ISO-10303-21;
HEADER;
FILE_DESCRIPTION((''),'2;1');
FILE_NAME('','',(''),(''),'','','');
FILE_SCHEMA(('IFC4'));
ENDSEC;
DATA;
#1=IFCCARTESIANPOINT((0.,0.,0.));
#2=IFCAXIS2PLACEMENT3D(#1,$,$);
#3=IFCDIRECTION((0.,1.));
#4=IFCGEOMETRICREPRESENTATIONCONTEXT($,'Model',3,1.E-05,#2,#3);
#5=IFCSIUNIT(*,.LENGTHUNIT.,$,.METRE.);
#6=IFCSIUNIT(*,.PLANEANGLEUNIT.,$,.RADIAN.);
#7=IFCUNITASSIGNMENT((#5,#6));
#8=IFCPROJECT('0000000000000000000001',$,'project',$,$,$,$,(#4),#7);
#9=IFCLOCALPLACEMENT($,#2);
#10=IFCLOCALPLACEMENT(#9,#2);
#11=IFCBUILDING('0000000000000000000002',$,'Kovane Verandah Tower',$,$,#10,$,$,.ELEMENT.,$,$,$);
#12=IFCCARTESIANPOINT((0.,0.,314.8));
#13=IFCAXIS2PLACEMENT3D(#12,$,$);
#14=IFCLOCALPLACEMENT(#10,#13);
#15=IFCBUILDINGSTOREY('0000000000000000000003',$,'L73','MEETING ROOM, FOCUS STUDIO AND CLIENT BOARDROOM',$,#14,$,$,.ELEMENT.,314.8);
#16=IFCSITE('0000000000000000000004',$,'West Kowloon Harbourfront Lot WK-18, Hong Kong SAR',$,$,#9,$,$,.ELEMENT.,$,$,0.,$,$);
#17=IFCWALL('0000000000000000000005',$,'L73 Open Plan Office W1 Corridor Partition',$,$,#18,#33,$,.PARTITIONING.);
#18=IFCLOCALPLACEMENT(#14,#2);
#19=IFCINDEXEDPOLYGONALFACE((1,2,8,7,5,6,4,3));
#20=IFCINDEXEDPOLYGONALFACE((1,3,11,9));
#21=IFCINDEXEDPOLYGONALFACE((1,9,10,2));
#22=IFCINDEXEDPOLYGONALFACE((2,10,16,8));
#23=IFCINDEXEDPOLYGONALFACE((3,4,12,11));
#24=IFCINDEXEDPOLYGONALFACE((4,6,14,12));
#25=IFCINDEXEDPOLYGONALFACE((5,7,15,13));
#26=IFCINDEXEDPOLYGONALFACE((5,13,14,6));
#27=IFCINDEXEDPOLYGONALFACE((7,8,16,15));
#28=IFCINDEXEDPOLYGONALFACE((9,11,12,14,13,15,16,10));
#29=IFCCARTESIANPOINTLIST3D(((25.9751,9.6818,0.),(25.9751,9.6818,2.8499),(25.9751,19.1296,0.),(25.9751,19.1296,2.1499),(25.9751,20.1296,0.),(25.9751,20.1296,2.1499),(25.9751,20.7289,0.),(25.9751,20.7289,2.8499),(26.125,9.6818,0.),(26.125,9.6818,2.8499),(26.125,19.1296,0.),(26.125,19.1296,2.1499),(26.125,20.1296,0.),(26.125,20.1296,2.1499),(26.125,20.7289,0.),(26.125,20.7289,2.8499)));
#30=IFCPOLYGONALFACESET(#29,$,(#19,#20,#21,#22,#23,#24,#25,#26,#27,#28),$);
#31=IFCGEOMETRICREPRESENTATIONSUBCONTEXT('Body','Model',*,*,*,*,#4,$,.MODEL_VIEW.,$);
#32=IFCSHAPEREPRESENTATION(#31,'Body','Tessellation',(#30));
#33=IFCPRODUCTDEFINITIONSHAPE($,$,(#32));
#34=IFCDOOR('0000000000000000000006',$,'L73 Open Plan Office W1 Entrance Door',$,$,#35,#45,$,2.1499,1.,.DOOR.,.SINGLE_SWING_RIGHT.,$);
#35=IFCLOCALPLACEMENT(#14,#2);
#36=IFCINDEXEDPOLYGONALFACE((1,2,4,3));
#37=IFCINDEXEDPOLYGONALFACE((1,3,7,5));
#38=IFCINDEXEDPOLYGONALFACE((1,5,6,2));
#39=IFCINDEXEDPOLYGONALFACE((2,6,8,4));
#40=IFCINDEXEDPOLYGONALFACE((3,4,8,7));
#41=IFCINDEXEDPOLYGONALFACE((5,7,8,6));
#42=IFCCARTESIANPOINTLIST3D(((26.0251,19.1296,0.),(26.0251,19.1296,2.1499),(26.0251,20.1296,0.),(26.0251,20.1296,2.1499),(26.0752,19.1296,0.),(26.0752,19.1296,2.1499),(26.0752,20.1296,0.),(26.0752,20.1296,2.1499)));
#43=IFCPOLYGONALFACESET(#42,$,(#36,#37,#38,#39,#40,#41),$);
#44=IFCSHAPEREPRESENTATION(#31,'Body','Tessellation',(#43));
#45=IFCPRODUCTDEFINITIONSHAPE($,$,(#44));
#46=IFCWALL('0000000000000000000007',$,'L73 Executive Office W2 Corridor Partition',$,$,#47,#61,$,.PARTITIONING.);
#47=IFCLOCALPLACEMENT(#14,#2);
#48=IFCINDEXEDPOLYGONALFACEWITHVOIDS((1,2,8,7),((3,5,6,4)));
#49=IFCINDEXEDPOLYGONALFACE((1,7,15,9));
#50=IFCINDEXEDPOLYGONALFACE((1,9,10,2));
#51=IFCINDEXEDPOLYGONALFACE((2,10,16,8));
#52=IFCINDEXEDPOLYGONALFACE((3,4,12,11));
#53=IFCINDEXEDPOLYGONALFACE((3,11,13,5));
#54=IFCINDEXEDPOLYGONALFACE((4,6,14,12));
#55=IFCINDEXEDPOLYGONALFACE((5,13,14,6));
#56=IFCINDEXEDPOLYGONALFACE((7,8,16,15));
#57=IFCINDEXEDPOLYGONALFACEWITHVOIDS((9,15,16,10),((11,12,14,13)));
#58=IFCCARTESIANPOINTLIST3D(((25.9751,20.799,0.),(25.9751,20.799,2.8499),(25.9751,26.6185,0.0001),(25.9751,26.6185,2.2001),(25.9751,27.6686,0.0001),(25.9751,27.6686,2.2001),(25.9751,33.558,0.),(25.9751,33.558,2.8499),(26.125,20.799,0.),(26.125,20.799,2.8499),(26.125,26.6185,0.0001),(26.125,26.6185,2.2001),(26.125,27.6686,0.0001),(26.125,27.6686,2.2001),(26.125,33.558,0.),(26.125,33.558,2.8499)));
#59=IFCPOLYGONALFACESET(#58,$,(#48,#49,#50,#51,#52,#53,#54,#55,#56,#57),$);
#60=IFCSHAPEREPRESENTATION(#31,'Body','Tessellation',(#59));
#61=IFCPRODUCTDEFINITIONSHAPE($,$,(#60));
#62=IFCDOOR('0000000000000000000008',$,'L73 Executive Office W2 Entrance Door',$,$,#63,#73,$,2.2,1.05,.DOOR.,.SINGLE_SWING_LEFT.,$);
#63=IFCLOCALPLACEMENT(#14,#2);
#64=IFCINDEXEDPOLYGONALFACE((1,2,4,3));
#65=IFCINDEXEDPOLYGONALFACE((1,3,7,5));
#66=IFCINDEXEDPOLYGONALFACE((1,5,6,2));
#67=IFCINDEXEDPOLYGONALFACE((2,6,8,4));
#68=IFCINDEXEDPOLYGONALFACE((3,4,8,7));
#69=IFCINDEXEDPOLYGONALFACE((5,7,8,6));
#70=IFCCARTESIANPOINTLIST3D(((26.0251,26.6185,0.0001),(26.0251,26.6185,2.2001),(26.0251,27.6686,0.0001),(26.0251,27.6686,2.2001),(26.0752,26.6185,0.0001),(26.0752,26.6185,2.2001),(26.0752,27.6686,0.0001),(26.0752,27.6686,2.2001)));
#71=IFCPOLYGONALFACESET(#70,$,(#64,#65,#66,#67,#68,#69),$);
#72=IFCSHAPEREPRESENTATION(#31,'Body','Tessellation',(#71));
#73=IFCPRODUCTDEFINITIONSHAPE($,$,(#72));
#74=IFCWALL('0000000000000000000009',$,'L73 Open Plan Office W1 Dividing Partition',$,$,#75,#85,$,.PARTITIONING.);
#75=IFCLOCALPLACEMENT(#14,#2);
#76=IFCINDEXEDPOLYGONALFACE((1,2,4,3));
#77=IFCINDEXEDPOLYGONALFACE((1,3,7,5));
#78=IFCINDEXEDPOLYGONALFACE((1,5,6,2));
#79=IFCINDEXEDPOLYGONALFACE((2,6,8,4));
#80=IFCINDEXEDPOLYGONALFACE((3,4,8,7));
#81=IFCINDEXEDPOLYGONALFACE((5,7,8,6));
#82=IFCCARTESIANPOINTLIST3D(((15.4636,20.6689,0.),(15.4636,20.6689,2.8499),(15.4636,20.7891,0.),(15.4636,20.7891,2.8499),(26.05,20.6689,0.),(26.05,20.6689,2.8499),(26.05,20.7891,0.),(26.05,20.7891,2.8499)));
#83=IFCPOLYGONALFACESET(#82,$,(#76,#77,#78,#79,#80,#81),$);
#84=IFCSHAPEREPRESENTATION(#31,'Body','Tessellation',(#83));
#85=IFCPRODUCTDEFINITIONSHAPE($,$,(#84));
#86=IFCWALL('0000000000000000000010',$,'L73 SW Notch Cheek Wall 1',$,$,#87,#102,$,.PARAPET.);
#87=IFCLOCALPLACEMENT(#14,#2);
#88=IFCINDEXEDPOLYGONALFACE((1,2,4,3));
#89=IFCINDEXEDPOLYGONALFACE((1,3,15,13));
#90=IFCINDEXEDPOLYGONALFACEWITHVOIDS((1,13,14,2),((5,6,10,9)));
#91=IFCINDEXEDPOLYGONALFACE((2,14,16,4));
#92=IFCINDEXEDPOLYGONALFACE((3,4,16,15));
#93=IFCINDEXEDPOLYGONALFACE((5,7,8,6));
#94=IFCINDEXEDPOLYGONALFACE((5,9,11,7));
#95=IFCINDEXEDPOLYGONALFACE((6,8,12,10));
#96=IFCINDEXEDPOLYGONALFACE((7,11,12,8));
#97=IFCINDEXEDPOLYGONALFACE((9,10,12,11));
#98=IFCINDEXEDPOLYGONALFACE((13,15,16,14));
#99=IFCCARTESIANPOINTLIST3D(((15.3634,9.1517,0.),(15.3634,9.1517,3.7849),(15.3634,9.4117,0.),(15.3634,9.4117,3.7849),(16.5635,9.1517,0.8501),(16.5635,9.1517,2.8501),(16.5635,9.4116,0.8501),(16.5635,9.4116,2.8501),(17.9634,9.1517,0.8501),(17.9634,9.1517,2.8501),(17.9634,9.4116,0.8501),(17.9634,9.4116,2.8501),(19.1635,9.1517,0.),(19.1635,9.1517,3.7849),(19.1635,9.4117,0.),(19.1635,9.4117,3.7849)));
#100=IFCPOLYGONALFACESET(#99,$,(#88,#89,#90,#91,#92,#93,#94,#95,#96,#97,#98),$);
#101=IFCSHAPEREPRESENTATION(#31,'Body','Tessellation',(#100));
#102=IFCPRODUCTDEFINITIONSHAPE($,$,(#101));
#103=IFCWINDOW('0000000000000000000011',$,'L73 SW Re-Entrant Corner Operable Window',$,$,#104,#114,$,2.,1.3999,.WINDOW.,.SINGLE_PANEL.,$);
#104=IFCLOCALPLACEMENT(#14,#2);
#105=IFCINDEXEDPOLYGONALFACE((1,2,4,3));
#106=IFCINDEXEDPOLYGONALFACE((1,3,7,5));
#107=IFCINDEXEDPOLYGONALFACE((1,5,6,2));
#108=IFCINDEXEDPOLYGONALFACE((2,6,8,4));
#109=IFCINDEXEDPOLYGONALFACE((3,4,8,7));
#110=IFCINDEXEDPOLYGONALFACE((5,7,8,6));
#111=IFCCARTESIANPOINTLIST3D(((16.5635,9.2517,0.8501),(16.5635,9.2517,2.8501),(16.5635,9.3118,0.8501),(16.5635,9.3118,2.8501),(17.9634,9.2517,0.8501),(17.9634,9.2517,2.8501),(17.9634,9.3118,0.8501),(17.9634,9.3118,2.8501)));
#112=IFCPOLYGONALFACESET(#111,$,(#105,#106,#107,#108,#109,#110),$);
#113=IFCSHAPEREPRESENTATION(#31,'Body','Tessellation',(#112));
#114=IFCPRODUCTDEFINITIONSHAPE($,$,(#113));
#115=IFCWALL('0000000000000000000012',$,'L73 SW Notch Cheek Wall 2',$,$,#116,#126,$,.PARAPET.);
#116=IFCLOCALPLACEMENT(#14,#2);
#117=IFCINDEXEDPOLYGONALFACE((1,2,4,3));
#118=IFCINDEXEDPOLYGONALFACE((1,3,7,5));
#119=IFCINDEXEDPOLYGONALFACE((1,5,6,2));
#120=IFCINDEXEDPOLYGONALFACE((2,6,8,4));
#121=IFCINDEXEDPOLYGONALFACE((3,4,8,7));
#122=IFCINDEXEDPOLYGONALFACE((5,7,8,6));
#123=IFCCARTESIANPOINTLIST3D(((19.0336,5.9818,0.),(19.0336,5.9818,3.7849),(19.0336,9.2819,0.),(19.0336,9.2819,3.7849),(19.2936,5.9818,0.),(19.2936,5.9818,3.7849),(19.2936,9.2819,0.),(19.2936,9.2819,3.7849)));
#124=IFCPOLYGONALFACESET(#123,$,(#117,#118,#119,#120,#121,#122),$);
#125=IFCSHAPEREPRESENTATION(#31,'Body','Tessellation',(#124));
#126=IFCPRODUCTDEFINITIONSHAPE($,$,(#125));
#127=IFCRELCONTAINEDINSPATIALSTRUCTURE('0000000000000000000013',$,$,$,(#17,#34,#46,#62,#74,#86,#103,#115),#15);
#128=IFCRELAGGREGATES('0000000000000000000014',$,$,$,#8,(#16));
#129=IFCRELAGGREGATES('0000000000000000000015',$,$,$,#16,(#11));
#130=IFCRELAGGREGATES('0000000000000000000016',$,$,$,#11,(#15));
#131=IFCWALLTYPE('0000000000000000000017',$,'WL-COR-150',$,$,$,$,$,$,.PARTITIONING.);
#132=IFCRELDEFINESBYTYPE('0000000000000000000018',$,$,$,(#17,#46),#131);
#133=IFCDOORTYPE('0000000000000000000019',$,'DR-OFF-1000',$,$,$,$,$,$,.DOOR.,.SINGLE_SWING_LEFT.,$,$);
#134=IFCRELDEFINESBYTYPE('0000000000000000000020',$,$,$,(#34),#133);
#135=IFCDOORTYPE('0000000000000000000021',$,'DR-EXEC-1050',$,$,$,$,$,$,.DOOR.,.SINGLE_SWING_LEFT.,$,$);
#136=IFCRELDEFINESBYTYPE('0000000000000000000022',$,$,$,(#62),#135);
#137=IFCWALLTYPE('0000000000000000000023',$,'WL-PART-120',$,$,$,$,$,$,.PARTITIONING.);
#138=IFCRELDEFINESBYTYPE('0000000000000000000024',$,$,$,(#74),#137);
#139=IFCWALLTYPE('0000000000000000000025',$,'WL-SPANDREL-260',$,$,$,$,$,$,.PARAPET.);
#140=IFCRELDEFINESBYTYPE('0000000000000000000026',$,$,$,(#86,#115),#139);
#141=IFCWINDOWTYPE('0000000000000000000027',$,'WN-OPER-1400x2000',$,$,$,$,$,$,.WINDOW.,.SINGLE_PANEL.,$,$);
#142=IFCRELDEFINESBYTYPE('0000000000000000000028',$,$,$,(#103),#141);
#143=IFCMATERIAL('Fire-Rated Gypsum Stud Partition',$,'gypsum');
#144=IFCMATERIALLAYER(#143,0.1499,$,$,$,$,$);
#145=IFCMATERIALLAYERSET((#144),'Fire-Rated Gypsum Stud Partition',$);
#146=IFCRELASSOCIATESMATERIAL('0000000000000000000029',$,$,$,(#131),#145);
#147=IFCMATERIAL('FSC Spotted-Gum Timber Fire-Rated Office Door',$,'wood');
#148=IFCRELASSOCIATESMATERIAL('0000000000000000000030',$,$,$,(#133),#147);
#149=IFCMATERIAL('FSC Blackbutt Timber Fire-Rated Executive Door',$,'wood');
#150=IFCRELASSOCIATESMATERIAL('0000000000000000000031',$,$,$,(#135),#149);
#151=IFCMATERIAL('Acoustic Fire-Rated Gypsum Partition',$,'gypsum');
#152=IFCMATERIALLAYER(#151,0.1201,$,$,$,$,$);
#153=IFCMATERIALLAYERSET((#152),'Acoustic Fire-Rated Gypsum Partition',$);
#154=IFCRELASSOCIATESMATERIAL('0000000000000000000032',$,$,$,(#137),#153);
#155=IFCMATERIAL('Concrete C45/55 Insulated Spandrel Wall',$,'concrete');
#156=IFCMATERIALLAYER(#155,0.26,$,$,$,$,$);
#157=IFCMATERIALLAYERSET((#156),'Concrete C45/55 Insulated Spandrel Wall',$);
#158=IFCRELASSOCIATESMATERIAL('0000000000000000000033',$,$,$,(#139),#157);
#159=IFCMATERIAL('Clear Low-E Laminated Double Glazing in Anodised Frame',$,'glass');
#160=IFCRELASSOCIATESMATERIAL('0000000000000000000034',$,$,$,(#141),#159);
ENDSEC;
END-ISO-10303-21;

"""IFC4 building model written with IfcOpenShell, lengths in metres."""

from ifc_helpers import new_model, si_unit, direction, frame, frame_2d, origin, place, context, subcontext, project, spatial, rectangle, extrude, material, layer, layer_set, type_object, element, fill, save


model = new_model("IFC4")

# Units and contexts
model_context = context("Model", 3, precision=1e-05, world=origin(), true_north=direction((0.0, 1.0)))
body_context = subcontext(model_context, "Body", "Model", "MODEL_VIEW")
ifc_project = project(units=[si_unit("LENGTHUNIT", "METRE"), si_unit("PLANEANGLEUNIT", "RADIAN")], contexts=[model_context])

# Site, building, storey
site_placement = place(None, origin())
site = spatial("IfcSite", under=ifc_project, at=site_placement, Name="West Kowloon Harbourfront Lot WK-18, Hong Kong SAR", CompositionType="ELEMENT", RefElevation=0.0)
building_placement = place(site_placement, origin())
building = spatial("IfcBuilding", under=site, at=building_placement, Name="Kovane Verandah Tower", CompositionType="ELEMENT")
storey_placement = place(building_placement, frame((0.0, 0.0, 314.8)))
storey = spatial("IfcBuildingStorey", under=building, at=storey_placement, Name="L73", Description="MEETING ROOM, FOCUS STUDIO AND CLIENT BOARDROOM", CompositionType="ELEMENT", Elevation=314.8)

# Walls, openings, doors
ifc_material_1 = material(Name="Fire-Rated Gypsum Stud Partition", Category="gypsum")
ifc_layer_1 = layer(ifc_material_1, 0.1499)
ifc_layer_set_1 = layer_set([ifc_layer_1], Name="Fire-Rated Gypsum Stud Partition")
wall_type_1 = type_object("IfcWallType", Name="WL-COR-150", PredefinedType="PARTITIONING", material=ifc_layer_set_1)
ifc_material_2 = material(Name="FSC Spotted-Gum Timber Fire-Rated Office Door", Category="wood")
door_type_1 = type_object("IfcDoorType", Name="DR-OFF-1000", OperationType="SINGLE_SWING_LEFT", PredefinedType="DOOR", material=ifc_material_2)
wall_1_placement = place(storey_placement, frame((26.05, 9.6819, 0.0), z_axis=(0.0, 0.0, 1.0), x_axis=(0.0, 1.0, 0.0)))
wall_1 = element("IfcWall", 1, at=wall_1_placement, inside=storey, type_object=wall_type_1, Name="L73 Open Plan Office W1 Corridor Partition", PredefinedType="PARTITIONING", context=body_context, shape_type="SweptSolid", body=[
    extrude(rectangle(XDim=11.0471, YDim=0.1499, at=frame_2d((5.5234, 0.0))), origin(), (0.0, 0.0, 1.0), 2.8499),
])
opening_1_placement = place(wall_1_placement, frame((9.4478, 0.0, 0.0)))
opening_1 = element("IfcOpeningElement", 2, at=opening_1_placement, cuts=wall_1, PredefinedType="OPENING", context=body_context, shape_type="SweptSolid", body=[
    extrude(rectangle(XDim=1.0, YDim=2.1499, at=frame_2d((0.5, 1.075))), frame((0.0, 0.075, 0.0), z_axis=(0.0, -1.0, 0.0), x_axis=(1.0, 0.0, 0.0)), (0.0, 0.0, 1.0), 0.1499),
])
door_1_placement = place(opening_1_placement, origin())
door_1 = element("IfcDoor", 3, at=door_1_placement, inside=storey, type_object=door_type_1, Name="L73 Open Plan Office W1 Entrance Door", OperationType="SINGLE_SWING_RIGHT", OverallHeight=2.1499, OverallWidth=1.0, PredefinedType="DOOR", context=body_context, shape_type="SweptSolid", body=[
    extrude(rectangle(XDim=1.0, YDim=2.1499, at=frame_2d((0.5, 1.075))), frame((0.0, 0.0249, 0.0), z_axis=(0.0, -1.0, 0.0), x_axis=(1.0, 0.0, 0.0)), (0.0, 0.0, 1.0), 0.05),
])
fill(opening_1, door_1)
wall_2_placement = place(storey_placement, frame((26.05, 20.7991, 0.0), z_axis=(0.0, 0.0, 1.0), x_axis=(0.0, 1.0, 0.0)))
wall_2 = element("IfcWall", 4, at=wall_2_placement, inside=storey, type_object=wall_type_1, Name="L73 Executive Office W2 Corridor Partition", PredefinedType="PARTITIONING", context=body_context, shape_type="SweptSolid", body=[
    extrude(rectangle(XDim=12.759, YDim=0.1499, at=frame_2d((6.3794, 0.0))), origin(), (0.0, 0.0, 1.0), 2.8499),
])
opening_2_placement = place(wall_2_placement, frame((5.8196, 0.0, 0.0)))
opening_2 = element("IfcOpeningElement", 5, at=opening_2_placement, cuts=wall_2, PredefinedType="OPENING", context=body_context, shape_type="SweptSolid", body=[
    extrude(rectangle(XDim=1.05, YDim=2.2, at=frame_2d((0.5249, 1.1001))), frame((0.0, 0.075, 0.0), z_axis=(0.0, -1.0, 0.0), x_axis=(1.0, 0.0, 0.0)), (0.0, 0.0, 1.0), 0.1499),
])
ifc_material_3 = material(Name="FSC Blackbutt Timber Fire-Rated Executive Door", Category="wood")
door_type_2 = type_object("IfcDoorType", Name="DR-EXEC-1050", OperationType="SINGLE_SWING_LEFT", PredefinedType="DOOR", material=ifc_material_3)
door_2_placement = place(opening_2_placement, origin())
door_2 = element("IfcDoor", 6, at=door_2_placement, inside=storey, type_object=door_type_2, Name="L73 Executive Office W2 Entrance Door", OperationType="SINGLE_SWING_LEFT", OverallHeight=2.2, OverallWidth=1.05, PredefinedType="DOOR", context=body_context, shape_type="SweptSolid", body=[
    extrude(rectangle(XDim=1.05, YDim=2.2, at=frame_2d((0.5249, 1.1001))), frame((0.0, 0.0249, 0.0), z_axis=(0.0, -1.0, 0.0), x_axis=(1.0, 0.0, 0.0)), (0.0, 0.0, 1.0), 0.05),
])
fill(opening_2, door_2)

# Wall
ifc_material_4 = material(Name="Acoustic Fire-Rated Gypsum Partition", Category="gypsum")
ifc_layer_2 = layer(ifc_material_4, 0.1201)
ifc_layer_set_2 = layer_set([ifc_layer_2], Name="Acoustic Fire-Rated Gypsum Partition")
wall_type_2 = type_object("IfcWallType", Name="WL-PART-120", PredefinedType="PARTITIONING", material=ifc_layer_set_2)
wall_3_placement = place(storey_placement, frame((15.4636, 20.729, 0.0), z_axis=(0.0, 0.0, 1.0), x_axis=(1.0, 0.0, 0.0)))
element("IfcWall", 7, at=wall_3_placement, inside=storey, type_object=wall_type_2, Name="L73 Open Plan Office W1 Dividing Partition", PredefinedType="PARTITIONING", context=body_context, shape_type="SweptSolid", body=[
    extrude(rectangle(XDim=10.5864, YDim=0.1201, at=frame_2d((5.2932, 0.0))), origin(), (0.0, 0.0, 1.0), 2.8499),
])

# Shared definitions
ifc_material_5 = material(Name="Concrete C45/55 Insulated Spandrel Wall", Category="concrete")
ifc_layer_3 = layer(ifc_material_5, 0.26)
ifc_layer_set_3 = layer_set([ifc_layer_3], Name="Concrete C45/55 Insulated Spandrel Wall")
wall_type_3 = type_object("IfcWallType", Name="WL-SPANDREL-260", PredefinedType="PARAPET", material=ifc_layer_set_3)
ifc_material_6 = material(Name="Clear Low-E Laminated Double Glazing in Anodised Frame", Category="glass")

# Wall, opening, window
wall_4_placement = place(storey_placement, frame((15.3635, 9.2817, 0.0), z_axis=(0.0, 0.0, 1.0), x_axis=(1.0, 0.0, 0.0)))
wall_4 = element("IfcWall", 8, at=wall_4_placement, inside=storey, type_object=wall_type_3, Name="L73 SW Notch Cheek Wall 1", PredefinedType="PARAPET", context=body_context, shape_type="SweptSolid", body=[
    extrude(rectangle(XDim=3.8, YDim=0.26, at=frame_2d((1.8999, 0.0))), origin(), (0.0, 0.0, 1.0), 3.7849),
])
opening_3_placement = place(wall_4_placement, frame((1.2, 0.0, 0.8501)))
opening_3 = element("IfcOpeningElement", 9, at=opening_3_placement, cuts=wall_4, PredefinedType="OPENING", context=body_context, shape_type="SweptSolid", body=[
    extrude(rectangle(XDim=1.3999, YDim=2.0, at=frame_2d((0.7, 1.0))), frame((0.0, 0.1299, 0.0), z_axis=(0.0, -1.0, 0.0), x_axis=(1.0, 0.0, 0.0)), (0.0, 0.0, 1.0), 0.26),
])
window_type_1 = type_object("IfcWindowType", Name="WN-OPER-1400x2000", PartitioningType="SINGLE_PANEL", PredefinedType="WINDOW", material=ifc_material_6)
window_1_placement = place(opening_3_placement, origin())
window_1 = element("IfcWindow", 10, at=window_1_placement, inside=storey, type_object=window_type_1, Name="L73 SW Re-Entrant Corner Operable Window", OverallHeight=2.0, OverallWidth=1.3999, PartitioningType="SINGLE_PANEL", PredefinedType="WINDOW", context=body_context, shape_type="SweptSolid", body=[
    extrude(rectangle(XDim=1.3999, YDim=2.0, at=frame_2d((0.7, 1.0))), frame((0.0, 0.03, 0.0), z_axis=(0.0, -1.0, 0.0), x_axis=(1.0, 0.0, 0.0)), (0.0, 0.0, 1.0), 0.0601),
])
fill(opening_3, window_1)

# Wall
wall_5_placement = place(storey_placement, frame((19.1636, 9.2817, 0.0), z_axis=(0.0, 0.0, 1.0), x_axis=(0.0, -1.0, 0.0)))
element("IfcWall", 11, at=wall_5_placement, inside=storey, type_object=wall_type_3, Name="L73 SW Notch Cheek Wall 2", PredefinedType="PARAPET", context=body_context, shape_type="SweptSolid", body=[
    extrude(rectangle(XDim=3.3, YDim=0.26, at=frame_2d((1.6499, 0.0))), origin(), (0.0, 0.0, 1.0), 3.7849),
])

save(model, "model.ifc")
